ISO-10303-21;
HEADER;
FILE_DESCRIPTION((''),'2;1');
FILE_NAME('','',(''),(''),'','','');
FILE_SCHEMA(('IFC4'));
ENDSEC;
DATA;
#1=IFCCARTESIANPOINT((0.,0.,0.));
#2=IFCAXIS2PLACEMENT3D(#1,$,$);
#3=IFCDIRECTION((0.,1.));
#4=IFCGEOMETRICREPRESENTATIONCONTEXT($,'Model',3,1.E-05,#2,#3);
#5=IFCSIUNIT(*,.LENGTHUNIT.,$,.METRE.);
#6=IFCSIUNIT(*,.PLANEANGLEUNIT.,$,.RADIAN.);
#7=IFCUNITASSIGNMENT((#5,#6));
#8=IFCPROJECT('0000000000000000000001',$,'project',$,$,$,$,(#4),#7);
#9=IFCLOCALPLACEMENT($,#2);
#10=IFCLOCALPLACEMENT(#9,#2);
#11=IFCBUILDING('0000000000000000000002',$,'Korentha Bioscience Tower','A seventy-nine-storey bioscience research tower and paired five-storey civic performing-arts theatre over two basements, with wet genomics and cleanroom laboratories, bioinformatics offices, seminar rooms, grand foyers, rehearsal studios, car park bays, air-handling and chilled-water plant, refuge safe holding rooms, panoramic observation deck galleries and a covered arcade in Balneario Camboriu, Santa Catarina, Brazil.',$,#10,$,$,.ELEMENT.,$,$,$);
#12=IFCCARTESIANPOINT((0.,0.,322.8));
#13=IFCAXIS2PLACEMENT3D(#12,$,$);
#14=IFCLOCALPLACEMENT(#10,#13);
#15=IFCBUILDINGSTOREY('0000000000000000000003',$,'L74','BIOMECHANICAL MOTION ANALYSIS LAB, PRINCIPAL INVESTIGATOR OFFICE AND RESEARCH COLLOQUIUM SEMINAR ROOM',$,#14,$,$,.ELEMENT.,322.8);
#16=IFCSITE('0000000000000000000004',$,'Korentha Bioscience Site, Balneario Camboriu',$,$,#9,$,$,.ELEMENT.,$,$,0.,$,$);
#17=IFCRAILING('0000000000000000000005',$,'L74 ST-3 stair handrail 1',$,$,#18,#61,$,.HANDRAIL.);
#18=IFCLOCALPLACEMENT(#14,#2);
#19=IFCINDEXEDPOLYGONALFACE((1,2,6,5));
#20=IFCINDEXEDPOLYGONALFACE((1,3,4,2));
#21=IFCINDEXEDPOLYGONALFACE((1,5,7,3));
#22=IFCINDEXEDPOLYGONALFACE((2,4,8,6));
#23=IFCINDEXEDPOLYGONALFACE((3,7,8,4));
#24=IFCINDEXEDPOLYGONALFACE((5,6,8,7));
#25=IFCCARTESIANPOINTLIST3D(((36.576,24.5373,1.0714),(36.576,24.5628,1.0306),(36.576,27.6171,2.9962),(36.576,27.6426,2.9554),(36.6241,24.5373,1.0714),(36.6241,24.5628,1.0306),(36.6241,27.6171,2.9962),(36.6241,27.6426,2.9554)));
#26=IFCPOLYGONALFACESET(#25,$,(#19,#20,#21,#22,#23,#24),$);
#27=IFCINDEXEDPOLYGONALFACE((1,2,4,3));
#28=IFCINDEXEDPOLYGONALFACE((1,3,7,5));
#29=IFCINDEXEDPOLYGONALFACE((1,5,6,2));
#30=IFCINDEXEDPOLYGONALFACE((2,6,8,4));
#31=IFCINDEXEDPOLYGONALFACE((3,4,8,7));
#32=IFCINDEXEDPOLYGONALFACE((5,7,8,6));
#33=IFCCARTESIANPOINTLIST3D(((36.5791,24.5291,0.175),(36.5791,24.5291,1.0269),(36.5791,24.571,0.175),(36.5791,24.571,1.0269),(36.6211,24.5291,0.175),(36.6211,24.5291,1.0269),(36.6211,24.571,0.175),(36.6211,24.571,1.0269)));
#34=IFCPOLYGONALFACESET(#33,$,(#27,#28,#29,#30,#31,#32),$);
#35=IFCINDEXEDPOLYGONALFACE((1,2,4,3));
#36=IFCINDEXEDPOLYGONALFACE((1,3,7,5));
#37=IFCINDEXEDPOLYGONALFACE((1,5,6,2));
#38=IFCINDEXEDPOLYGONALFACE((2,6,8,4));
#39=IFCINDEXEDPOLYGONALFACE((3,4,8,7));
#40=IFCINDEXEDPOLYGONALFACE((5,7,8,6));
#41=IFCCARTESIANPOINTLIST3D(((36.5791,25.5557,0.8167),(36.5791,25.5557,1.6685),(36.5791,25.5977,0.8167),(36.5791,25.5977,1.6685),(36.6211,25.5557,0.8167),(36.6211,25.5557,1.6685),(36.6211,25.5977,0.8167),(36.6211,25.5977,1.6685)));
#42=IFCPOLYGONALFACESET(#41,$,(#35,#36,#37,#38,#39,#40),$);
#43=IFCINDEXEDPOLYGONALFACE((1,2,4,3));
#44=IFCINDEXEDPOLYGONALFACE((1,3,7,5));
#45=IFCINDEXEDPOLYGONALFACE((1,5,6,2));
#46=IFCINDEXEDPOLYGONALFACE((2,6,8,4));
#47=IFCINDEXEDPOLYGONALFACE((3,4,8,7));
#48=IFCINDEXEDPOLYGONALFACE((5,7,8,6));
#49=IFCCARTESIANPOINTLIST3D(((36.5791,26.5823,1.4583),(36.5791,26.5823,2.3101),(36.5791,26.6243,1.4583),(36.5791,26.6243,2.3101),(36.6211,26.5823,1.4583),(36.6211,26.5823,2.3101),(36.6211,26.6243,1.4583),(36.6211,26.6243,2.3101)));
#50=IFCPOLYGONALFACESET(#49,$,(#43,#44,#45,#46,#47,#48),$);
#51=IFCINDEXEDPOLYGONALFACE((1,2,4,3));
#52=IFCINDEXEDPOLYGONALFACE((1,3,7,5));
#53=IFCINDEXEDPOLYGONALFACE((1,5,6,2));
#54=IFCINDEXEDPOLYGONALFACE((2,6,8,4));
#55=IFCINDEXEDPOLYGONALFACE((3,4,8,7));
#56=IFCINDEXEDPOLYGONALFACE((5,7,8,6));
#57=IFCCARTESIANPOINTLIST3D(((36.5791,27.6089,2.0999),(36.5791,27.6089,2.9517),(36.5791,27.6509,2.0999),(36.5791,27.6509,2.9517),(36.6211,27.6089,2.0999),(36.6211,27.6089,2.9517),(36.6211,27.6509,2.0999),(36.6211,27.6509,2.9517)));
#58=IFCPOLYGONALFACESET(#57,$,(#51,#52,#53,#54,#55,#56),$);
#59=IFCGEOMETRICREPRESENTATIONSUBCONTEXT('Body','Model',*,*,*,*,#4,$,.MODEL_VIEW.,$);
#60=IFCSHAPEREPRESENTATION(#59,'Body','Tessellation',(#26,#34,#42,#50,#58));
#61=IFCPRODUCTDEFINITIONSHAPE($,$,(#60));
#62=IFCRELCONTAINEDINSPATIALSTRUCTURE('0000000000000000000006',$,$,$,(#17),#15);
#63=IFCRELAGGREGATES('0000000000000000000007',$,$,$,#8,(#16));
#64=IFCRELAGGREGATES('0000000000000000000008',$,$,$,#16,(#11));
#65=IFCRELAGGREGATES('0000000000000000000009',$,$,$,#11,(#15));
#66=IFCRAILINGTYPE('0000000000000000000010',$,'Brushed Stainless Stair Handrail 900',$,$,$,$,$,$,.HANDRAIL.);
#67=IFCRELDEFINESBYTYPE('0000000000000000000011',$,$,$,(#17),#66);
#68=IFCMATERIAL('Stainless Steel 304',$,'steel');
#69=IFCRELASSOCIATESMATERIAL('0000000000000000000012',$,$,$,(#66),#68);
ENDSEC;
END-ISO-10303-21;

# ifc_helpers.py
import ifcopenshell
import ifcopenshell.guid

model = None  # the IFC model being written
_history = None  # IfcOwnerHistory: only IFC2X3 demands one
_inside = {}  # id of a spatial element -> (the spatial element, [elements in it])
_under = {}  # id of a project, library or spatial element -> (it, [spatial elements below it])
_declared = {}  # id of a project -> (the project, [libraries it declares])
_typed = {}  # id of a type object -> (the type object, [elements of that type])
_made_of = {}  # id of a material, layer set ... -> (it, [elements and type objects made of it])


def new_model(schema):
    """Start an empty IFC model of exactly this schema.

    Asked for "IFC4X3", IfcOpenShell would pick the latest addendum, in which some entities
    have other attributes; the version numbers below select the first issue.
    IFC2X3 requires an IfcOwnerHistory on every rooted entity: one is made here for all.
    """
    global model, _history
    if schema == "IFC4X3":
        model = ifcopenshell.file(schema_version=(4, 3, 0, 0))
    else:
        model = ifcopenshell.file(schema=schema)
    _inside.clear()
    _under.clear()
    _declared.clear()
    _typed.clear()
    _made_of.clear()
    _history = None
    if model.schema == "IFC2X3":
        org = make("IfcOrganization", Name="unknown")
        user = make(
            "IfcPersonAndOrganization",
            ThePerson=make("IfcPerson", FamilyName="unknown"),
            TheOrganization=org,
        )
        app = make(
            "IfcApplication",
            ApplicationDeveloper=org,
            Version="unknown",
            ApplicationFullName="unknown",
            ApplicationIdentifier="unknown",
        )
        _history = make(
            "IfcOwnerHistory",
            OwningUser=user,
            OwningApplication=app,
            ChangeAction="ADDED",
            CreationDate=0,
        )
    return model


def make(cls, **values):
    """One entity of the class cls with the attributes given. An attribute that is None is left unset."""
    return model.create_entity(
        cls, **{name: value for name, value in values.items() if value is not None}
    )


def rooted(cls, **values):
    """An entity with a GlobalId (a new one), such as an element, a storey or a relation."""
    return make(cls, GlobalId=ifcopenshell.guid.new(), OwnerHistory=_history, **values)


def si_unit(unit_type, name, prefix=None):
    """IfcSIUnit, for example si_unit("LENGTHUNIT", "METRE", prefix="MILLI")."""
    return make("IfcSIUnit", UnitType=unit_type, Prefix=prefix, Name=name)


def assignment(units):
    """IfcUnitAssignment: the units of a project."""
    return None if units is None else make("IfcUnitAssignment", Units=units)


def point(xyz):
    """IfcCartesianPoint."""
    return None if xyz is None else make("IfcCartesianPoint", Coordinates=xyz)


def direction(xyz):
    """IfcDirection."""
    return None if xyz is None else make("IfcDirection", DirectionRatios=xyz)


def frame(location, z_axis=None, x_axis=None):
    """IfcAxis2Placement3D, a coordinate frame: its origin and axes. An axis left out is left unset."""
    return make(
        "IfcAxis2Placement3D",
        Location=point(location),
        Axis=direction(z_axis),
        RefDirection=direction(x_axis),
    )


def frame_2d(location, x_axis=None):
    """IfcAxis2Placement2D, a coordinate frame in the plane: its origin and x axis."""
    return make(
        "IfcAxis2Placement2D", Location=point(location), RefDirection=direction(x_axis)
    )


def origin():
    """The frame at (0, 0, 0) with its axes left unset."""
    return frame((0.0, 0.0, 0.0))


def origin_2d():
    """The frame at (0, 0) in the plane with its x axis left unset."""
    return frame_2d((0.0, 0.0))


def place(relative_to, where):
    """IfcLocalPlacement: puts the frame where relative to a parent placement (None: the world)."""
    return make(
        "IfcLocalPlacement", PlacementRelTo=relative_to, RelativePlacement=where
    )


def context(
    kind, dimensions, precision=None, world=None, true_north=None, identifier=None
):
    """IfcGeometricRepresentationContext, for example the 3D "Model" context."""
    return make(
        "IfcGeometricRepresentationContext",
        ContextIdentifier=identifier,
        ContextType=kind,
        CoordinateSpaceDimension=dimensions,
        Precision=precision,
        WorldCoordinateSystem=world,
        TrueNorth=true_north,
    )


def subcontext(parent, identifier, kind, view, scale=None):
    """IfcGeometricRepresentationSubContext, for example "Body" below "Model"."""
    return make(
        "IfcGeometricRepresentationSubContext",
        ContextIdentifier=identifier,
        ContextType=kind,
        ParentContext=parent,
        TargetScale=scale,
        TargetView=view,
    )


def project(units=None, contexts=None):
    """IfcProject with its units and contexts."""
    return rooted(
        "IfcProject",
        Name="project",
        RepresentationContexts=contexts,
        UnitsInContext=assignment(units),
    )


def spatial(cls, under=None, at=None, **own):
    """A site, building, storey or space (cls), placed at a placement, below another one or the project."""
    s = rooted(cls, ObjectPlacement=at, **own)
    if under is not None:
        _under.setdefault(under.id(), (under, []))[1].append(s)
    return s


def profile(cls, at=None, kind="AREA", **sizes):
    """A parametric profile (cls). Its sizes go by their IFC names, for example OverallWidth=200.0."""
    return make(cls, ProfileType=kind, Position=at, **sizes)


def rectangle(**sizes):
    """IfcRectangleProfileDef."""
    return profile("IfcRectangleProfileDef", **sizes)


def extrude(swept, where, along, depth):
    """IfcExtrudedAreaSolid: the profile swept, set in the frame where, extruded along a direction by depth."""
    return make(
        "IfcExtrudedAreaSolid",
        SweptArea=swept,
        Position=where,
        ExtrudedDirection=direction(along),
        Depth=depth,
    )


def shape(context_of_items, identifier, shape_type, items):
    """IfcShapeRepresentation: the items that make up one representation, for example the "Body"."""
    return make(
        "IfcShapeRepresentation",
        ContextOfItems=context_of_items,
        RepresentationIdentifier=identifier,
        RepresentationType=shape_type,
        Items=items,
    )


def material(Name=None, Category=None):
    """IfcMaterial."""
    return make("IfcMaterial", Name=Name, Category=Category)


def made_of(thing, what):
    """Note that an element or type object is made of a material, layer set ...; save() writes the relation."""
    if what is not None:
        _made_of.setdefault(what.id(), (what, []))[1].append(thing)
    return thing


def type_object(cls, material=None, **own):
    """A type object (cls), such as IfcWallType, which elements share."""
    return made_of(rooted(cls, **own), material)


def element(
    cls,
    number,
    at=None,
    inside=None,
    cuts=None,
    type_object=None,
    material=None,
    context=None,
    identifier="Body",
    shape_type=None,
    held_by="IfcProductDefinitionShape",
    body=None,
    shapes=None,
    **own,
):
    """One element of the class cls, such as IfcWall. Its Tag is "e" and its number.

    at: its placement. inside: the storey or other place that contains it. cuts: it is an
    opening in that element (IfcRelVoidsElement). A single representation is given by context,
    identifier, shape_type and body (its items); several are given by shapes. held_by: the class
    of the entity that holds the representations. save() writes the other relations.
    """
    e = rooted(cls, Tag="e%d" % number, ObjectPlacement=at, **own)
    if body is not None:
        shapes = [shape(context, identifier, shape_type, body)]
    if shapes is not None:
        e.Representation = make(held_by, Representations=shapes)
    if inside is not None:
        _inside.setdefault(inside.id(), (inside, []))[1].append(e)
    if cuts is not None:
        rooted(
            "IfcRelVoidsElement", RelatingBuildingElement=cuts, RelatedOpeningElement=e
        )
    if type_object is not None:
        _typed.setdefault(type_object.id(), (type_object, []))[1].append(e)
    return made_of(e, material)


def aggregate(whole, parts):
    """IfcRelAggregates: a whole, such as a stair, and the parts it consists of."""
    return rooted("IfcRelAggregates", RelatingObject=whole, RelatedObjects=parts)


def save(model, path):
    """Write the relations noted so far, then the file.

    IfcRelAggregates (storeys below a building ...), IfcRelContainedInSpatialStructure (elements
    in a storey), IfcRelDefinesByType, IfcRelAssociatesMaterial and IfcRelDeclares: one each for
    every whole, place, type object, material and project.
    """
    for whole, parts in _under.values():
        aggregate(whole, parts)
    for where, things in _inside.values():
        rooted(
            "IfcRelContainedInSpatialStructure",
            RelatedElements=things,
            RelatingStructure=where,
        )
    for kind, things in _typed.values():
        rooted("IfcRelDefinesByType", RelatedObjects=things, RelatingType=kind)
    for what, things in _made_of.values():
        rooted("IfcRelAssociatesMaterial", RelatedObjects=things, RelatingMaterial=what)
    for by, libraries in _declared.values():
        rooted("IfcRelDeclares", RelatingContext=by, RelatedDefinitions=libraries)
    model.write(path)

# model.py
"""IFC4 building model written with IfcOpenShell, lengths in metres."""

from ifc_helpers import new_model, si_unit, direction, frame, origin, origin_2d, place, context, subcontext, project, spatial, rectangle, extrude, material, type_object, element, save


model = new_model("IFC4")

# Units and contexts
model_context = context("Model", 3, precision=1e-05, world=origin(), true_north=direction((0.0, 1.0)))
body_context = subcontext(model_context, "Body", "Model", "MODEL_VIEW")
ifc_project = project(units=[si_unit("LENGTHUNIT", "METRE"), si_unit("PLANEANGLEUNIT", "RADIAN")], contexts=[model_context])

# Site, building, storey
site_placement = place(None, origin())
site = spatial("IfcSite", under=ifc_project, at=site_placement, Name="Korentha Bioscience Site, Balneario Camboriu", CompositionType="ELEMENT", RefElevation=0.0)
building_placement = place(site_placement, origin())
building = spatial("IfcBuilding", under=site, at=building_placement, Name="Korentha Bioscience Tower", Description="A seventy-nine-storey bioscience research tower and paired five-storey civic performing-arts theatre over two basements, with wet genomics and cleanroom laboratories, bioinformatics offices, seminar rooms, grand foyers, rehearsal studios, car park bays, air-handling and chilled-water plant, refuge safe holding rooms, panoramic observation deck galleries and a covered arcade in Balneario Camboriu, Santa Catarina, Brazil.", CompositionType="ELEMENT")
storey_placement = place(building_placement, frame((0.0, 0.0, 322.8)))
storey = spatial("IfcBuildingStorey", under=building, at=storey_placement, Name="L74", Description="BIOMECHANICAL MOTION ANALYSIS LAB, PRINCIPAL INVESTIGATOR OFFICE AND RESEARCH COLLOQUIUM SEMINAR ROOM", CompositionType="ELEMENT", Elevation=322.8)

# Railing
ifc_material_1 = material(Name="Stainless Steel 304", Category="steel")
railing_type = type_object("IfcRailingType", Name="Brushed Stainless Stair Handrail 900", PredefinedType="HANDRAIL", material=ifc_material_1)
railing_placement = place(storey_placement, frame((36.6001, 24.55, 0.175)))
element("IfcRailing", 1, at=railing_placement, inside=storey, type_object=railing_type, Name="L74 ST-3 stair handrail 1", PredefinedType="HANDRAIL", context=body_context, shape_type="SweptSolid", body=[
    extrude(rectangle(XDim=0.0481, YDim=0.0481, at=origin_2d()), frame((0.0, 0.0, 0.876), z_axis=(0.0, 0.84801, 0.529981), x_axis=(-1.0, 0.0, 0.0)), (0.0, 0.0, 1.0), 3.6318),
    extrude(rectangle(XDim=0.042, YDim=0.042, at=origin_2d()), origin(), (0.0, 0.0, 1.0), 0.8518),
    extrude(rectangle(XDim=0.042, YDim=0.042, at=origin_2d()), frame((0.0, 1.0266, 0.6416)), (0.0, 0.0, 1.0), 0.8518),
    extrude(rectangle(XDim=0.042, YDim=0.042, at=origin_2d()), frame((0.0, 2.0532, 1.2832)), (0.0, 0.0, 1.0), 0.8518),
    extrude(rectangle(XDim=0.042, YDim=0.042, at=origin_2d()), frame((0.0, 3.0798, 1.9248)), (0.0, 0.0, 1.0), 0.8518),
])

save(model, "model.ifc")
